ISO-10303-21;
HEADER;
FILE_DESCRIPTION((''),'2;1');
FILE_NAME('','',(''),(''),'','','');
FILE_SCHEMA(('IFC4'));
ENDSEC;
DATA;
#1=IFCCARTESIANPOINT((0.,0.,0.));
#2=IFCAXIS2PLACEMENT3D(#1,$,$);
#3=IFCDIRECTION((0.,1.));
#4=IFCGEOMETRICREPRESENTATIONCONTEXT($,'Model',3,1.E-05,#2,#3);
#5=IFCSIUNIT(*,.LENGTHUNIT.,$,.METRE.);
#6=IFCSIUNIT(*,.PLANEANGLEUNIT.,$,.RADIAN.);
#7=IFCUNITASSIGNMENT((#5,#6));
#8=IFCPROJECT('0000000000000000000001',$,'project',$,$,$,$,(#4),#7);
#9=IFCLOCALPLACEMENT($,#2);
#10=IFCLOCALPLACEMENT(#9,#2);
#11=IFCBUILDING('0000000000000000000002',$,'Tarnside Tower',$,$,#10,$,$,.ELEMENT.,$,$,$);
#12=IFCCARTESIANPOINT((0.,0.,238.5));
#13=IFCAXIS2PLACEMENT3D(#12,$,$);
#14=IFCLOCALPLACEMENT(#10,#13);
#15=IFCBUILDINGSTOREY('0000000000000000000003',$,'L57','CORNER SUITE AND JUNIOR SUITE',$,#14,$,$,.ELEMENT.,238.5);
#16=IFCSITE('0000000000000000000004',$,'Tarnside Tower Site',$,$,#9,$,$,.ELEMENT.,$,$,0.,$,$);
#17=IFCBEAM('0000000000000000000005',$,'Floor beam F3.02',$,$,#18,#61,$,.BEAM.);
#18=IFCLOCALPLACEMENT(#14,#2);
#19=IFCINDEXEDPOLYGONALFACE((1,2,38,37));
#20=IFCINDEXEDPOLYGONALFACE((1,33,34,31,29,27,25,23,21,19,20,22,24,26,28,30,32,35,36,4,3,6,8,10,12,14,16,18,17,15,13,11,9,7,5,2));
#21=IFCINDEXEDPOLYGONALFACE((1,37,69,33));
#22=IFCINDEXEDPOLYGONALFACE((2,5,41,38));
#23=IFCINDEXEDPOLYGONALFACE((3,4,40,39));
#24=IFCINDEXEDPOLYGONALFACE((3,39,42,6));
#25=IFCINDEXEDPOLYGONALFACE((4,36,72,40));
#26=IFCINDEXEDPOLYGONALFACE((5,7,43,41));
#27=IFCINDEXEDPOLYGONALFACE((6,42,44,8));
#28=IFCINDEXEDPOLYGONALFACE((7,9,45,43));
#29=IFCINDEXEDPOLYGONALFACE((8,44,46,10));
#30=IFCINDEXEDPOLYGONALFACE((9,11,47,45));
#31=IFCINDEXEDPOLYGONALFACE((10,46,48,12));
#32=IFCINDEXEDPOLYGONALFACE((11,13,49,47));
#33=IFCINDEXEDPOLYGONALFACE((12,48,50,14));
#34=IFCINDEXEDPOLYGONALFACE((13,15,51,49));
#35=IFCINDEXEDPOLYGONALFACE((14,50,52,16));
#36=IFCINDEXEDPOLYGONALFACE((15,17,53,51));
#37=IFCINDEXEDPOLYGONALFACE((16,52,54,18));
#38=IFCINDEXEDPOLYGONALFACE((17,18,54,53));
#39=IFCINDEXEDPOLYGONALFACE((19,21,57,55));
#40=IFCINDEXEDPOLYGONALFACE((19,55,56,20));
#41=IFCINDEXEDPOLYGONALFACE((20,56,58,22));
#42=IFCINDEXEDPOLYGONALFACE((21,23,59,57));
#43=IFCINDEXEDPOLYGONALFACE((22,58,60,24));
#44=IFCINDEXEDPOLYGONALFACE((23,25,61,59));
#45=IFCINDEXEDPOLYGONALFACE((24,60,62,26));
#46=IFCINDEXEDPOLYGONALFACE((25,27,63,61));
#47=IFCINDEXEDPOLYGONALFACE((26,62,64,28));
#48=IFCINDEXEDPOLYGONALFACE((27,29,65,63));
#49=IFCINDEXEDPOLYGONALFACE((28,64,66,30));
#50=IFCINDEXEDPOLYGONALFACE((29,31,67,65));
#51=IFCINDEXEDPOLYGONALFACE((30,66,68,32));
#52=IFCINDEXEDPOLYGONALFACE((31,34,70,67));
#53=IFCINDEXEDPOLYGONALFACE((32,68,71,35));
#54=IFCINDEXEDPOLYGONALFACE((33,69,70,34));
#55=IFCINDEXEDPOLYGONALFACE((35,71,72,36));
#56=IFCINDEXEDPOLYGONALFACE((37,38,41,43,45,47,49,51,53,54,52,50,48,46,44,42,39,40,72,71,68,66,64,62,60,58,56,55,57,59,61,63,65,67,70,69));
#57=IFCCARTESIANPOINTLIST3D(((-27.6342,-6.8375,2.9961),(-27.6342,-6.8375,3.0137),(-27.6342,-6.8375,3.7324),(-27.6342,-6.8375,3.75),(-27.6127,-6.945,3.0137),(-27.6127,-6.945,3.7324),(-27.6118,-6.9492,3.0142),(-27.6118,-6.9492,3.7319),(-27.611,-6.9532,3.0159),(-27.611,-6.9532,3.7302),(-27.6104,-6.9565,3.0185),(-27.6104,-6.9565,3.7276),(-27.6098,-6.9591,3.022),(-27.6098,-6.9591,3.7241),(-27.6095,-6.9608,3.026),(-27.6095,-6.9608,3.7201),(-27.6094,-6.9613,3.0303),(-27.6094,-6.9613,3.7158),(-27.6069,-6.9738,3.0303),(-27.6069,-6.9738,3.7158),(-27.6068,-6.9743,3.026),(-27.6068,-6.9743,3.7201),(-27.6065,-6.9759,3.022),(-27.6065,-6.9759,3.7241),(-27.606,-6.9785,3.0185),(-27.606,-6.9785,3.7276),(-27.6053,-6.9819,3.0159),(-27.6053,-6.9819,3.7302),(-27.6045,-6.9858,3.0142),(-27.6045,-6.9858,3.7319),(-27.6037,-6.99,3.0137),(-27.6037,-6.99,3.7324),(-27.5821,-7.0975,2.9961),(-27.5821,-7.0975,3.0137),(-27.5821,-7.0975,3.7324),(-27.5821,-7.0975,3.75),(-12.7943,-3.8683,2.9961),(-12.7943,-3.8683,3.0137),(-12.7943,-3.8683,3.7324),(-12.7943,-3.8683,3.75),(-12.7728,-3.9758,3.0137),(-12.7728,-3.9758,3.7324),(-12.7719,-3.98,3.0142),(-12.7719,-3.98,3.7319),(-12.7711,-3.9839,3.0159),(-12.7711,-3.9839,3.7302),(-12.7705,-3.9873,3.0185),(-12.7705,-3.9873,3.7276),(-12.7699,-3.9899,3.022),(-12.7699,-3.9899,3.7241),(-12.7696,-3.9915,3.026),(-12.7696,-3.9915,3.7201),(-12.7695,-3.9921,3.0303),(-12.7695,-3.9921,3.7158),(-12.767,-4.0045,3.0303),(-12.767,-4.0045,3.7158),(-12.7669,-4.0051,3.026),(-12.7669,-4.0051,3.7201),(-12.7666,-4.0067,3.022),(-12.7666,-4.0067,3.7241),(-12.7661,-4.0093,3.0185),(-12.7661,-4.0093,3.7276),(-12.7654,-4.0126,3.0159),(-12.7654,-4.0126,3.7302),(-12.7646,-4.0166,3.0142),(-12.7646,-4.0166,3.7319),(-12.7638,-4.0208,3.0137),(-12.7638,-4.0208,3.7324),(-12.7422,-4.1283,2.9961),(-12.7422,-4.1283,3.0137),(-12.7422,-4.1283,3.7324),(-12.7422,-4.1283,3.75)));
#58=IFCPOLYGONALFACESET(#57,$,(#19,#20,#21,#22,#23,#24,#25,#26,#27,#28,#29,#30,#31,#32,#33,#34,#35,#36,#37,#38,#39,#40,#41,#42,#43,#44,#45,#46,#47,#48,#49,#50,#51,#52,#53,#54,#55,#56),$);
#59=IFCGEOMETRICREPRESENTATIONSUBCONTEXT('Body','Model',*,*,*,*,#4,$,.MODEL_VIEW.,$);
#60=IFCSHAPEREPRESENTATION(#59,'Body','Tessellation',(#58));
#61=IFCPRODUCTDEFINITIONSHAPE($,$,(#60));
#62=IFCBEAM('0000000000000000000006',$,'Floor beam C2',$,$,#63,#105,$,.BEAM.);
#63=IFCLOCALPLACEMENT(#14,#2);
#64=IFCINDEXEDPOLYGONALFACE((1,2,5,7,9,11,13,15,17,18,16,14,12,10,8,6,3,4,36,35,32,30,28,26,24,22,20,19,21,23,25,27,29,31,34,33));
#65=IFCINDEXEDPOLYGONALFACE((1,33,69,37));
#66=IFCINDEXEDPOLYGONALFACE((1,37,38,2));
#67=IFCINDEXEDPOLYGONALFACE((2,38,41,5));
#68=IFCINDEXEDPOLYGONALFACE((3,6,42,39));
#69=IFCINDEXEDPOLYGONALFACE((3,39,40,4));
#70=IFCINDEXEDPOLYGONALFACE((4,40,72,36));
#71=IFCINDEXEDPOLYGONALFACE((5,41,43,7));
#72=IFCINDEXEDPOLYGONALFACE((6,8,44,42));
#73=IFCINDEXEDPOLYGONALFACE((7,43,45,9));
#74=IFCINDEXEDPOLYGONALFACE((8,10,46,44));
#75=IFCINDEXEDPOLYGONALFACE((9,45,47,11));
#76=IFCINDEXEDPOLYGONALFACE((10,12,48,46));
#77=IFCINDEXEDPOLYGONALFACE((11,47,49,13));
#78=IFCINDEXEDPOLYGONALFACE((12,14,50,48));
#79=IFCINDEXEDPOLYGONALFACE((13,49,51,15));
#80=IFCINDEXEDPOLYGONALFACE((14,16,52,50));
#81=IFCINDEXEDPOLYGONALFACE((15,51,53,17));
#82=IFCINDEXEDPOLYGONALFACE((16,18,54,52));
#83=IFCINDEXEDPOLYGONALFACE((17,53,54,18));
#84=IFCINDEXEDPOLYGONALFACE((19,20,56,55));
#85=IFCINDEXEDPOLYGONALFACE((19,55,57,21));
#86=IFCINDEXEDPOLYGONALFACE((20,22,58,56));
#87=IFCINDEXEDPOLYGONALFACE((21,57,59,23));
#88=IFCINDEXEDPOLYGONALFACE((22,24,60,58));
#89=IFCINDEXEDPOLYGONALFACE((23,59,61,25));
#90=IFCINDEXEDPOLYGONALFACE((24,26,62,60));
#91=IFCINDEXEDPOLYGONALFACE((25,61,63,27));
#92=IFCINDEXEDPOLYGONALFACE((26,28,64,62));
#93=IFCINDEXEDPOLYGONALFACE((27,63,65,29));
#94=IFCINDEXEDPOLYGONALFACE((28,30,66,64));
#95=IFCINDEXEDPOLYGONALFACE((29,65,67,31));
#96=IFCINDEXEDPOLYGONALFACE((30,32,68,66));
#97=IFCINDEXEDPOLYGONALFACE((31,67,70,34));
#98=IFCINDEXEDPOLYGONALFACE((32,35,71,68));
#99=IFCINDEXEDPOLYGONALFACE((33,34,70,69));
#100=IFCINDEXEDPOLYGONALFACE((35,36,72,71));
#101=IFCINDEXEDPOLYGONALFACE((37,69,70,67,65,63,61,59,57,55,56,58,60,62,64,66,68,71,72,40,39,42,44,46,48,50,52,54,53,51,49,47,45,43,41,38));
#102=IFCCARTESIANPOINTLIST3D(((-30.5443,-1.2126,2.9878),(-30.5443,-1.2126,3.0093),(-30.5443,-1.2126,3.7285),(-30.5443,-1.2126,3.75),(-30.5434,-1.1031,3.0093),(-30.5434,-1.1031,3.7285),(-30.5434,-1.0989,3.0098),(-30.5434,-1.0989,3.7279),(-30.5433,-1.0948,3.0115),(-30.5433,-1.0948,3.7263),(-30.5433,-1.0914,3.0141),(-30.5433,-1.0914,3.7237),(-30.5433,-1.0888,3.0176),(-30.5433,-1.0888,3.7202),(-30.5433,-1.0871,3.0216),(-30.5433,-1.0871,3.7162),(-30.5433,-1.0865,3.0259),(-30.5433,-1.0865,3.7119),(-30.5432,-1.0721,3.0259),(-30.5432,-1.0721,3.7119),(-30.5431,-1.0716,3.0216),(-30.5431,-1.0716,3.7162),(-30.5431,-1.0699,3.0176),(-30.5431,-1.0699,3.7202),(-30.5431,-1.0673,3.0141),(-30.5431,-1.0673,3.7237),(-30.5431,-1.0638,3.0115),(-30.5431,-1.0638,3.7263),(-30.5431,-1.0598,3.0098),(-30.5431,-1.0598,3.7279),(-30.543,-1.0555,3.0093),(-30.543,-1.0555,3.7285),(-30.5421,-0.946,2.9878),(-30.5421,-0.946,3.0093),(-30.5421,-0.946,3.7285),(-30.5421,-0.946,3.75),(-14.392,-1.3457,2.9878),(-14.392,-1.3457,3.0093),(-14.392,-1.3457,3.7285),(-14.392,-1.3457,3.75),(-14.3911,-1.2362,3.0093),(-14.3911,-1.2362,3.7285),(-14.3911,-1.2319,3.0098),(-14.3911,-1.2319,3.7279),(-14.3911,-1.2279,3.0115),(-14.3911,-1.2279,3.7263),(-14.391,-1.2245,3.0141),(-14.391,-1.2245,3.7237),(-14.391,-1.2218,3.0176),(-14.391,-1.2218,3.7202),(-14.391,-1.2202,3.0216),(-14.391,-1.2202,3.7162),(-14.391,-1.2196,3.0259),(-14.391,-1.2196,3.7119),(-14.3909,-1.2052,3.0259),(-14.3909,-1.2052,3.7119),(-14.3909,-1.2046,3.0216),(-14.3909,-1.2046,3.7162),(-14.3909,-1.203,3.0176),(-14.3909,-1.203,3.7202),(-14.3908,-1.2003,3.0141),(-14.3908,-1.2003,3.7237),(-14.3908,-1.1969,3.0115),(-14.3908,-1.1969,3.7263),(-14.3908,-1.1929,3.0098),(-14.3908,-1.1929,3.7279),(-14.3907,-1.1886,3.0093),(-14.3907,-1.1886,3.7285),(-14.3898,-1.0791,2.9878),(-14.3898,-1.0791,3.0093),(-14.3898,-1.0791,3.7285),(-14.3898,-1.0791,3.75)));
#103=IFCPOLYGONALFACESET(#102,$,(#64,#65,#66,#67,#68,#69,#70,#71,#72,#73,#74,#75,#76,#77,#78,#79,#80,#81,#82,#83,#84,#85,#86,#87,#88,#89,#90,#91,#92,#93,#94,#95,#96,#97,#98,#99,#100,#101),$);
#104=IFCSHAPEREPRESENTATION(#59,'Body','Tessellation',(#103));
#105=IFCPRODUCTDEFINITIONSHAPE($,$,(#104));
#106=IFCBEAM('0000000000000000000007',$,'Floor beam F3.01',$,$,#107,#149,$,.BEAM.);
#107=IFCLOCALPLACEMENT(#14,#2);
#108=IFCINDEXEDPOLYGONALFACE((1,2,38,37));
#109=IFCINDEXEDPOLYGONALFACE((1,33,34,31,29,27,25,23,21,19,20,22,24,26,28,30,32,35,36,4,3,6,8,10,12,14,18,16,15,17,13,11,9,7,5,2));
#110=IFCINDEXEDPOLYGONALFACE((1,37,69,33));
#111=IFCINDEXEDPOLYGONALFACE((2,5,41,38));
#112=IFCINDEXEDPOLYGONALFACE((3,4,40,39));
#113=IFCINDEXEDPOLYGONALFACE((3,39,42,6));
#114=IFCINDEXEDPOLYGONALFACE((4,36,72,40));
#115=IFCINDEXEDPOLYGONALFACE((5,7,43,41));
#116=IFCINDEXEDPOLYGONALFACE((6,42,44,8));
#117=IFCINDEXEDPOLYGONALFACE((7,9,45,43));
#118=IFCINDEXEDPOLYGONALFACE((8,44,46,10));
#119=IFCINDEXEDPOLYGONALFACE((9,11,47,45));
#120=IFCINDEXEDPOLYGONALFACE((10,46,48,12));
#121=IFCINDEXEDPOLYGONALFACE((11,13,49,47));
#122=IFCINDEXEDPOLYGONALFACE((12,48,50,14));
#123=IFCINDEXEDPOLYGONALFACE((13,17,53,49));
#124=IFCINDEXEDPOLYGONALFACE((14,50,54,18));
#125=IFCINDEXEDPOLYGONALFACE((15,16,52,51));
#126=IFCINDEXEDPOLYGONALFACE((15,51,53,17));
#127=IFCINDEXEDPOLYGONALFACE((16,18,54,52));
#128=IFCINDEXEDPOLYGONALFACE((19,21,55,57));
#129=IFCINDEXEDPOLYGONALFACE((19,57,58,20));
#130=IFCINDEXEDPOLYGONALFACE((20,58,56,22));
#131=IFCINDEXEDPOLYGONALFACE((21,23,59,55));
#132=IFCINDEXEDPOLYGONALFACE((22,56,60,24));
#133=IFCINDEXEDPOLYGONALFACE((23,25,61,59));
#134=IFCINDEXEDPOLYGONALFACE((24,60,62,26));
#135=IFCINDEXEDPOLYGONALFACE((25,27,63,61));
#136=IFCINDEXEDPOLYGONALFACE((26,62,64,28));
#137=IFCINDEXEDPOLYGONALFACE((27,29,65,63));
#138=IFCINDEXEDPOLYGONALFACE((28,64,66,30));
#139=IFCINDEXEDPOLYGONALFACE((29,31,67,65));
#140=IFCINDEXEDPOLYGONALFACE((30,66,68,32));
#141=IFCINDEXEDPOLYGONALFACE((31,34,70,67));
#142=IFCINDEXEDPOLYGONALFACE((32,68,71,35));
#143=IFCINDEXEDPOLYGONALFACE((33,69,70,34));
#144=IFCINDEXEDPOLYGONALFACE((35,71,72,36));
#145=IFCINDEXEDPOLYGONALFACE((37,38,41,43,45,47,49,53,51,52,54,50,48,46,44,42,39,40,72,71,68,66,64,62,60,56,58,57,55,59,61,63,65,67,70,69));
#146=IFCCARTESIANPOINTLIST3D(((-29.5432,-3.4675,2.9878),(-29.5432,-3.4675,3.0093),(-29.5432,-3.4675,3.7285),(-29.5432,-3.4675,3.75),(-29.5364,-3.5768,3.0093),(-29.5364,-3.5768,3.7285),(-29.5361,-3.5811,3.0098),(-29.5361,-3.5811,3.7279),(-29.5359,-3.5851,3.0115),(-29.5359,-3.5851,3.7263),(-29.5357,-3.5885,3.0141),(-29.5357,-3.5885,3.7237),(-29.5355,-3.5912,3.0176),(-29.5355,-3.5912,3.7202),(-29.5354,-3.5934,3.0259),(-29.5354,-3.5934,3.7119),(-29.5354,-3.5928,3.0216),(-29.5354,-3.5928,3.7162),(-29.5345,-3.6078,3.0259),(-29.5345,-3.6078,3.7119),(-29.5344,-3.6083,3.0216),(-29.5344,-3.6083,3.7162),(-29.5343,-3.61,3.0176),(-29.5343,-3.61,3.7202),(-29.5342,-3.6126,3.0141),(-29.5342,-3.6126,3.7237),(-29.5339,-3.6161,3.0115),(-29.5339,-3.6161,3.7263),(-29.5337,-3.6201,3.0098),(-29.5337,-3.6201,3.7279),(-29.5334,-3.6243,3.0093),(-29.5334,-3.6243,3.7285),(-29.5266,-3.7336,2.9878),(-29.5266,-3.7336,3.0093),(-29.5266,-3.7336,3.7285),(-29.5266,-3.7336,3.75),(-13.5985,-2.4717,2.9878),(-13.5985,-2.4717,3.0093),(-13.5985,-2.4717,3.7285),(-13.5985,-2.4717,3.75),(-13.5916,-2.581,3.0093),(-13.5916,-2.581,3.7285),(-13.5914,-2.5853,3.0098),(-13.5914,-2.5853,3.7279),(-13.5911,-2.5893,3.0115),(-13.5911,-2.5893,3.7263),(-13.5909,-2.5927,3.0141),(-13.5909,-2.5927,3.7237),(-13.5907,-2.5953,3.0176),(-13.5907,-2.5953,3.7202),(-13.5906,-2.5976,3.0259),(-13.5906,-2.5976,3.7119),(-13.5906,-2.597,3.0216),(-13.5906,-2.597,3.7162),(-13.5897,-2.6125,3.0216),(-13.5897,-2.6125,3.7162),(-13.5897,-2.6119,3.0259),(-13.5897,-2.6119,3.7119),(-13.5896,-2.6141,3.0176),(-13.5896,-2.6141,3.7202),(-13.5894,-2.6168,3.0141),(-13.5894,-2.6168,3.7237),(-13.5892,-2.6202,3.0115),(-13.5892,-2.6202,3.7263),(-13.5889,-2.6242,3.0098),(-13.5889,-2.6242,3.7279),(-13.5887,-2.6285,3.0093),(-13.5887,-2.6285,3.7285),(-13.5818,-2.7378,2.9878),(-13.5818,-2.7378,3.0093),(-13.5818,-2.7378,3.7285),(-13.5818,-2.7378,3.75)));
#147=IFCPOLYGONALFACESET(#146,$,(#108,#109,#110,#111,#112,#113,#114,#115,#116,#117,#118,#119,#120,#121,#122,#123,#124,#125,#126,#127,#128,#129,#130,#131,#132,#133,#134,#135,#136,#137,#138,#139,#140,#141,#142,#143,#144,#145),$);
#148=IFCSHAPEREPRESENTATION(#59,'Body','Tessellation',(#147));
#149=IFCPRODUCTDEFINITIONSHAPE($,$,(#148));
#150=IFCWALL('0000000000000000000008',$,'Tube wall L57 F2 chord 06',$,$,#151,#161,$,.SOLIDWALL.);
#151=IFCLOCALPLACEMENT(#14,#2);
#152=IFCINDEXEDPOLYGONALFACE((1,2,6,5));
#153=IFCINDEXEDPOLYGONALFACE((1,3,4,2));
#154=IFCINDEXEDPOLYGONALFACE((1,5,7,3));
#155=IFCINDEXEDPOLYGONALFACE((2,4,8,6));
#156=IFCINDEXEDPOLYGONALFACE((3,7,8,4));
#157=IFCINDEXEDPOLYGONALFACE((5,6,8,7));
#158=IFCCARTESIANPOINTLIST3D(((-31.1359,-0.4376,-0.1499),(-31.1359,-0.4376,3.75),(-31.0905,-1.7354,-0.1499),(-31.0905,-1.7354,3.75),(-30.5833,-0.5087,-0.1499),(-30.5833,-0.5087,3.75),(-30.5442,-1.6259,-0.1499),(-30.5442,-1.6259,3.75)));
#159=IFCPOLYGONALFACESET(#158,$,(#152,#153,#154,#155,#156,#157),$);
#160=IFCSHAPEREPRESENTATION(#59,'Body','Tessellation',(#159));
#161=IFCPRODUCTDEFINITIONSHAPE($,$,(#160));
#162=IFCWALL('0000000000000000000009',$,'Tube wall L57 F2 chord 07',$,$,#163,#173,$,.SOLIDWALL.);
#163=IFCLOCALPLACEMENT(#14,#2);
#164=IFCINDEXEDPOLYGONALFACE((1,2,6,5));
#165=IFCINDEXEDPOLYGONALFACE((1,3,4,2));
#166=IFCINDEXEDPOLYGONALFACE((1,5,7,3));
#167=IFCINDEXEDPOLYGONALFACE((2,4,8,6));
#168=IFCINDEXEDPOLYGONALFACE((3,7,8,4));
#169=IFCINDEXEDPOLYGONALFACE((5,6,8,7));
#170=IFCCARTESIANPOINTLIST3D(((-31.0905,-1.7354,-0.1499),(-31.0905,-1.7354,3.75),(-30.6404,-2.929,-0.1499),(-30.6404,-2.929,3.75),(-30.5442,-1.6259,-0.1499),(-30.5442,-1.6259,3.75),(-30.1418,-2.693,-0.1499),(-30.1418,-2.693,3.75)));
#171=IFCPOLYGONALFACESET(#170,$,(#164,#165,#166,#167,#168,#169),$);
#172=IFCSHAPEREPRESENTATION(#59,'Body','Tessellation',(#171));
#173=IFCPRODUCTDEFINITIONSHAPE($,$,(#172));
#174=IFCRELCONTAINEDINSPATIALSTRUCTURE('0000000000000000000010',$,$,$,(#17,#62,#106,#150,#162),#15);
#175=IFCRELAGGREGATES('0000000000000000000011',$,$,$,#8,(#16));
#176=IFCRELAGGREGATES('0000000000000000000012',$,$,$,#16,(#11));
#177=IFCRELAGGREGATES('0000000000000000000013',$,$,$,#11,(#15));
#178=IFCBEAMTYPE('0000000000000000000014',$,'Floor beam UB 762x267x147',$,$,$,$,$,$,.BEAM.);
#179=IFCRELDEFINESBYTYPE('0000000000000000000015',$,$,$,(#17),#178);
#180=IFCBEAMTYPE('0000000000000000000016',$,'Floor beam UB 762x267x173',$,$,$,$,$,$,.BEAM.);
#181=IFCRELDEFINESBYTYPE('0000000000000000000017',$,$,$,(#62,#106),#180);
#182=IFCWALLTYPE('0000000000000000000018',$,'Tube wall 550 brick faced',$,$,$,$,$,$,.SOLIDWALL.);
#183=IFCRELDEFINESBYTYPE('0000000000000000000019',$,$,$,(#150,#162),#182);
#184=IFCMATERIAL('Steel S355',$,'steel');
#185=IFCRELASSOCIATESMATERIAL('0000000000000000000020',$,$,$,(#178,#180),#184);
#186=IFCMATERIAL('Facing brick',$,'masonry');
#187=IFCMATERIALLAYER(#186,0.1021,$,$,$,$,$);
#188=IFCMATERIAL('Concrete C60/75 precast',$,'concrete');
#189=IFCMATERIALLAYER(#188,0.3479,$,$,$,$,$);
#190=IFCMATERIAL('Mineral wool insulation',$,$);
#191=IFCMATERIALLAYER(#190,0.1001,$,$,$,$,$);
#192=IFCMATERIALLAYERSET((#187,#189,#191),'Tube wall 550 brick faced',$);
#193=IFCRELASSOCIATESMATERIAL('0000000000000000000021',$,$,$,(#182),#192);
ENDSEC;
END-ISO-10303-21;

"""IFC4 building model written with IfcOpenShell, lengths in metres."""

from ifc_helpers import new_model, si_unit, direction, frame, origin, origin_2d, place, context, subcontext, project, spatial, polyline, i_section, outline, extrude, material, layer, layer_set, material_profile, profile_set, type_object, element, save


model = new_model("IFC4")

# Units and contexts
model_context = context("Model", 3, precision=1e-05, world=origin(), true_north=direction((0.0, 1.0)))
body_context = subcontext(model_context, "Body", "Model", "MODEL_VIEW")
ifc_project = project(units=[si_unit("LENGTHUNIT", "METRE"), si_unit("PLANEANGLEUNIT", "RADIAN")], contexts=[model_context])

# Site, building, storey
site_placement = place(None, origin())
site = spatial("IfcSite", under=ifc_project, at=site_placement, Name="Tarnside Tower Site", CompositionType="ELEMENT", RefElevation=0.0)
building_placement = place(site_placement, origin())
building = spatial("IfcBuilding", under=site, at=building_placement, Name="Tarnside Tower", CompositionType="ELEMENT")
storey_placement = place(building_placement, frame((0.0, 0.0, 238.5)))
storey = spatial("IfcBuildingStorey", under=building, at=storey_placement, Name="L57", Description="CORNER SUITE AND JUNIOR SUITE", CompositionType="ELEMENT", Elevation=238.5)

# Beams
ifc_material_1 = material(Name="Steel S355", Category="steel")
ifc_material_profile_1 = material_profile(ifc_material_1, i_section(OverallWidth=0.2651, OverallDepth=0.7539, WebThickness=0.0127, FlangeThickness=0.0176, FilletRadius=0.0166, at=origin_2d()), Name="UB 762x267x147")
ifc_profile_set_1 = profile_set([ifc_material_profile_1], Name="Steel S355")
beam_type_1 = type_object("IfcBeamType", Name="Floor beam UB 762x267x147", PredefinedType="BEAM", material=ifc_profile_set_1)
beam_1_placement = place(storey_placement, frame((-27.6082, -6.9675, 3.373), z_axis=(0.980565, 0.196197, 0.0), x_axis=(-0.196197, 0.980565, 0.0)))
element("IfcBeam", 1, at=beam_1_placement, inside=storey, type_object=beam_type_1, Name="Floor beam F3.02", PredefinedType="BEAM", context=body_context, shape_type="SweptSolid", body=[
    extrude(i_section(OverallWidth=0.2651, OverallDepth=0.7539, WebThickness=0.0127, FlangeThickness=0.0176, FilletRadius=0.0166, at=origin_2d()), origin(), (0.0, 0.0, 1.0), 15.134),
])
ifc_material_profile_2 = material_profile(ifc_material_1, i_section(OverallWidth=0.2666, OverallDepth=0.7622, WebThickness=0.0144, FlangeThickness=0.0215, FilletRadius=0.0166, at=origin_2d()), Name="UB 762x267x173")
ifc_profile_set_2 = profile_set([ifc_material_profile_2], Name="Steel S355")
beam_type_2 = type_object("IfcBeamType", Name="Floor beam UB 762x267x173", PredefinedType="BEAM", material=ifc_profile_set_2)
beam_2_placement = place(storey_placement, frame((-30.5432, -1.0793, 3.3689), z_axis=(0.999966, -0.008237, 0.0), x_axis=(0.008237, 0.999966, 0.0)))
element("IfcBeam", 2, at=beam_2_placement, inside=storey, type_object=beam_type_2, Name="Floor beam C2", PredefinedType="BEAM", context=body_context, shape_type="SweptSolid", body=[
    extrude(i_section(OverallWidth=0.2666, OverallDepth=0.7622, WebThickness=0.0144, FlangeThickness=0.0215, FilletRadius=0.0166, at=origin_2d()), origin(), (0.0, 0.0, 1.0), 16.1528),
])
beam_3_placement = place(storey_placement, frame((-29.5349, -3.6006, 3.3689), z_axis=(0.998055, 0.062335, 0.0), x_axis=(-0.062335, 0.998055, 0.0)))
element("IfcBeam", 3, at=beam_3_placement, inside=storey, type_object=beam_type_2, Name="Floor beam F3.01", PredefinedType="BEAM", context=body_context, shape_type="SweptSolid", body=[
    extrude(i_section(OverallWidth=0.2666, OverallDepth=0.7622, WebThickness=0.0144, FlangeThickness=0.0215, FilletRadius=0.0166, at=origin_2d()), origin(), (0.0, 0.0, 1.0), 15.9758),
])

# Walls
ifc_material_2 = material(Name="Facing brick", Category="masonry")
ifc_layer_1 = layer(ifc_material_2, 0.1021)
ifc_material_3 = material(Name="Concrete C60/75 precast", Category="concrete")
ifc_layer_2 = layer(ifc_material_3, 0.3479)
ifc_material_4 = material(Name="Mineral wool insulation")
ifc_layer_3 = layer(ifc_material_4, 0.1001)
ifc_layer_set_1 = layer_set([ifc_layer_1, ifc_layer_2, ifc_layer_3], Name="Tube wall 550 brick faced")
wall_type = type_object("IfcWallType", Name="Tube wall 550 brick faced", PredefinedType="SOLIDWALL", material=ifc_layer_set_1)
wall_1_placement = place(storey_placement, frame((-30.8596, -0.4731, -0.1499), z_axis=(0.0, 0.0, 1.0), x_axis=(0.034956, -0.999389, 0.0)))
element("IfcWall", 4, at=wall_1_placement, inside=storey, type_object=wall_type, Name="Tube wall L57 F2 chord 06", PredefinedType="SOLIDWALL", context=body_context, shape_type="SweptSolid", body=[
    extrude(outline(polyline([(-0.0452, -0.2749), (1.2534, -0.2749), (1.1631, 0.2749), (0.0452, 0.2749), (-0.0452, -0.2749)])), origin(), (0.0, 0.0, 1.0), 3.8999),
])
wall_2_placement = place(storey_placement, frame((-30.8174, -1.6807, -0.1499), z_axis=(0.0, 0.0, 1.0), x_axis=(0.35285, -0.93568, 0.0)))
element("IfcWall", 5, at=wall_2_placement, inside=storey, type_object=wall_type, Name="Tube wall L57 F2 chord 07", PredefinedType="SOLIDWALL", context=body_context, shape_type="SweptSolid", body=[
    extrude(outline(polyline([(-0.0452, -0.2749), (1.2305, -0.2749), (1.1855, 0.2749), (0.0452, 0.2749), (-0.0452, -0.2749)])), origin(), (0.0, 0.0, 1.0), 3.8999),
])

save(model, "model.ifc")
